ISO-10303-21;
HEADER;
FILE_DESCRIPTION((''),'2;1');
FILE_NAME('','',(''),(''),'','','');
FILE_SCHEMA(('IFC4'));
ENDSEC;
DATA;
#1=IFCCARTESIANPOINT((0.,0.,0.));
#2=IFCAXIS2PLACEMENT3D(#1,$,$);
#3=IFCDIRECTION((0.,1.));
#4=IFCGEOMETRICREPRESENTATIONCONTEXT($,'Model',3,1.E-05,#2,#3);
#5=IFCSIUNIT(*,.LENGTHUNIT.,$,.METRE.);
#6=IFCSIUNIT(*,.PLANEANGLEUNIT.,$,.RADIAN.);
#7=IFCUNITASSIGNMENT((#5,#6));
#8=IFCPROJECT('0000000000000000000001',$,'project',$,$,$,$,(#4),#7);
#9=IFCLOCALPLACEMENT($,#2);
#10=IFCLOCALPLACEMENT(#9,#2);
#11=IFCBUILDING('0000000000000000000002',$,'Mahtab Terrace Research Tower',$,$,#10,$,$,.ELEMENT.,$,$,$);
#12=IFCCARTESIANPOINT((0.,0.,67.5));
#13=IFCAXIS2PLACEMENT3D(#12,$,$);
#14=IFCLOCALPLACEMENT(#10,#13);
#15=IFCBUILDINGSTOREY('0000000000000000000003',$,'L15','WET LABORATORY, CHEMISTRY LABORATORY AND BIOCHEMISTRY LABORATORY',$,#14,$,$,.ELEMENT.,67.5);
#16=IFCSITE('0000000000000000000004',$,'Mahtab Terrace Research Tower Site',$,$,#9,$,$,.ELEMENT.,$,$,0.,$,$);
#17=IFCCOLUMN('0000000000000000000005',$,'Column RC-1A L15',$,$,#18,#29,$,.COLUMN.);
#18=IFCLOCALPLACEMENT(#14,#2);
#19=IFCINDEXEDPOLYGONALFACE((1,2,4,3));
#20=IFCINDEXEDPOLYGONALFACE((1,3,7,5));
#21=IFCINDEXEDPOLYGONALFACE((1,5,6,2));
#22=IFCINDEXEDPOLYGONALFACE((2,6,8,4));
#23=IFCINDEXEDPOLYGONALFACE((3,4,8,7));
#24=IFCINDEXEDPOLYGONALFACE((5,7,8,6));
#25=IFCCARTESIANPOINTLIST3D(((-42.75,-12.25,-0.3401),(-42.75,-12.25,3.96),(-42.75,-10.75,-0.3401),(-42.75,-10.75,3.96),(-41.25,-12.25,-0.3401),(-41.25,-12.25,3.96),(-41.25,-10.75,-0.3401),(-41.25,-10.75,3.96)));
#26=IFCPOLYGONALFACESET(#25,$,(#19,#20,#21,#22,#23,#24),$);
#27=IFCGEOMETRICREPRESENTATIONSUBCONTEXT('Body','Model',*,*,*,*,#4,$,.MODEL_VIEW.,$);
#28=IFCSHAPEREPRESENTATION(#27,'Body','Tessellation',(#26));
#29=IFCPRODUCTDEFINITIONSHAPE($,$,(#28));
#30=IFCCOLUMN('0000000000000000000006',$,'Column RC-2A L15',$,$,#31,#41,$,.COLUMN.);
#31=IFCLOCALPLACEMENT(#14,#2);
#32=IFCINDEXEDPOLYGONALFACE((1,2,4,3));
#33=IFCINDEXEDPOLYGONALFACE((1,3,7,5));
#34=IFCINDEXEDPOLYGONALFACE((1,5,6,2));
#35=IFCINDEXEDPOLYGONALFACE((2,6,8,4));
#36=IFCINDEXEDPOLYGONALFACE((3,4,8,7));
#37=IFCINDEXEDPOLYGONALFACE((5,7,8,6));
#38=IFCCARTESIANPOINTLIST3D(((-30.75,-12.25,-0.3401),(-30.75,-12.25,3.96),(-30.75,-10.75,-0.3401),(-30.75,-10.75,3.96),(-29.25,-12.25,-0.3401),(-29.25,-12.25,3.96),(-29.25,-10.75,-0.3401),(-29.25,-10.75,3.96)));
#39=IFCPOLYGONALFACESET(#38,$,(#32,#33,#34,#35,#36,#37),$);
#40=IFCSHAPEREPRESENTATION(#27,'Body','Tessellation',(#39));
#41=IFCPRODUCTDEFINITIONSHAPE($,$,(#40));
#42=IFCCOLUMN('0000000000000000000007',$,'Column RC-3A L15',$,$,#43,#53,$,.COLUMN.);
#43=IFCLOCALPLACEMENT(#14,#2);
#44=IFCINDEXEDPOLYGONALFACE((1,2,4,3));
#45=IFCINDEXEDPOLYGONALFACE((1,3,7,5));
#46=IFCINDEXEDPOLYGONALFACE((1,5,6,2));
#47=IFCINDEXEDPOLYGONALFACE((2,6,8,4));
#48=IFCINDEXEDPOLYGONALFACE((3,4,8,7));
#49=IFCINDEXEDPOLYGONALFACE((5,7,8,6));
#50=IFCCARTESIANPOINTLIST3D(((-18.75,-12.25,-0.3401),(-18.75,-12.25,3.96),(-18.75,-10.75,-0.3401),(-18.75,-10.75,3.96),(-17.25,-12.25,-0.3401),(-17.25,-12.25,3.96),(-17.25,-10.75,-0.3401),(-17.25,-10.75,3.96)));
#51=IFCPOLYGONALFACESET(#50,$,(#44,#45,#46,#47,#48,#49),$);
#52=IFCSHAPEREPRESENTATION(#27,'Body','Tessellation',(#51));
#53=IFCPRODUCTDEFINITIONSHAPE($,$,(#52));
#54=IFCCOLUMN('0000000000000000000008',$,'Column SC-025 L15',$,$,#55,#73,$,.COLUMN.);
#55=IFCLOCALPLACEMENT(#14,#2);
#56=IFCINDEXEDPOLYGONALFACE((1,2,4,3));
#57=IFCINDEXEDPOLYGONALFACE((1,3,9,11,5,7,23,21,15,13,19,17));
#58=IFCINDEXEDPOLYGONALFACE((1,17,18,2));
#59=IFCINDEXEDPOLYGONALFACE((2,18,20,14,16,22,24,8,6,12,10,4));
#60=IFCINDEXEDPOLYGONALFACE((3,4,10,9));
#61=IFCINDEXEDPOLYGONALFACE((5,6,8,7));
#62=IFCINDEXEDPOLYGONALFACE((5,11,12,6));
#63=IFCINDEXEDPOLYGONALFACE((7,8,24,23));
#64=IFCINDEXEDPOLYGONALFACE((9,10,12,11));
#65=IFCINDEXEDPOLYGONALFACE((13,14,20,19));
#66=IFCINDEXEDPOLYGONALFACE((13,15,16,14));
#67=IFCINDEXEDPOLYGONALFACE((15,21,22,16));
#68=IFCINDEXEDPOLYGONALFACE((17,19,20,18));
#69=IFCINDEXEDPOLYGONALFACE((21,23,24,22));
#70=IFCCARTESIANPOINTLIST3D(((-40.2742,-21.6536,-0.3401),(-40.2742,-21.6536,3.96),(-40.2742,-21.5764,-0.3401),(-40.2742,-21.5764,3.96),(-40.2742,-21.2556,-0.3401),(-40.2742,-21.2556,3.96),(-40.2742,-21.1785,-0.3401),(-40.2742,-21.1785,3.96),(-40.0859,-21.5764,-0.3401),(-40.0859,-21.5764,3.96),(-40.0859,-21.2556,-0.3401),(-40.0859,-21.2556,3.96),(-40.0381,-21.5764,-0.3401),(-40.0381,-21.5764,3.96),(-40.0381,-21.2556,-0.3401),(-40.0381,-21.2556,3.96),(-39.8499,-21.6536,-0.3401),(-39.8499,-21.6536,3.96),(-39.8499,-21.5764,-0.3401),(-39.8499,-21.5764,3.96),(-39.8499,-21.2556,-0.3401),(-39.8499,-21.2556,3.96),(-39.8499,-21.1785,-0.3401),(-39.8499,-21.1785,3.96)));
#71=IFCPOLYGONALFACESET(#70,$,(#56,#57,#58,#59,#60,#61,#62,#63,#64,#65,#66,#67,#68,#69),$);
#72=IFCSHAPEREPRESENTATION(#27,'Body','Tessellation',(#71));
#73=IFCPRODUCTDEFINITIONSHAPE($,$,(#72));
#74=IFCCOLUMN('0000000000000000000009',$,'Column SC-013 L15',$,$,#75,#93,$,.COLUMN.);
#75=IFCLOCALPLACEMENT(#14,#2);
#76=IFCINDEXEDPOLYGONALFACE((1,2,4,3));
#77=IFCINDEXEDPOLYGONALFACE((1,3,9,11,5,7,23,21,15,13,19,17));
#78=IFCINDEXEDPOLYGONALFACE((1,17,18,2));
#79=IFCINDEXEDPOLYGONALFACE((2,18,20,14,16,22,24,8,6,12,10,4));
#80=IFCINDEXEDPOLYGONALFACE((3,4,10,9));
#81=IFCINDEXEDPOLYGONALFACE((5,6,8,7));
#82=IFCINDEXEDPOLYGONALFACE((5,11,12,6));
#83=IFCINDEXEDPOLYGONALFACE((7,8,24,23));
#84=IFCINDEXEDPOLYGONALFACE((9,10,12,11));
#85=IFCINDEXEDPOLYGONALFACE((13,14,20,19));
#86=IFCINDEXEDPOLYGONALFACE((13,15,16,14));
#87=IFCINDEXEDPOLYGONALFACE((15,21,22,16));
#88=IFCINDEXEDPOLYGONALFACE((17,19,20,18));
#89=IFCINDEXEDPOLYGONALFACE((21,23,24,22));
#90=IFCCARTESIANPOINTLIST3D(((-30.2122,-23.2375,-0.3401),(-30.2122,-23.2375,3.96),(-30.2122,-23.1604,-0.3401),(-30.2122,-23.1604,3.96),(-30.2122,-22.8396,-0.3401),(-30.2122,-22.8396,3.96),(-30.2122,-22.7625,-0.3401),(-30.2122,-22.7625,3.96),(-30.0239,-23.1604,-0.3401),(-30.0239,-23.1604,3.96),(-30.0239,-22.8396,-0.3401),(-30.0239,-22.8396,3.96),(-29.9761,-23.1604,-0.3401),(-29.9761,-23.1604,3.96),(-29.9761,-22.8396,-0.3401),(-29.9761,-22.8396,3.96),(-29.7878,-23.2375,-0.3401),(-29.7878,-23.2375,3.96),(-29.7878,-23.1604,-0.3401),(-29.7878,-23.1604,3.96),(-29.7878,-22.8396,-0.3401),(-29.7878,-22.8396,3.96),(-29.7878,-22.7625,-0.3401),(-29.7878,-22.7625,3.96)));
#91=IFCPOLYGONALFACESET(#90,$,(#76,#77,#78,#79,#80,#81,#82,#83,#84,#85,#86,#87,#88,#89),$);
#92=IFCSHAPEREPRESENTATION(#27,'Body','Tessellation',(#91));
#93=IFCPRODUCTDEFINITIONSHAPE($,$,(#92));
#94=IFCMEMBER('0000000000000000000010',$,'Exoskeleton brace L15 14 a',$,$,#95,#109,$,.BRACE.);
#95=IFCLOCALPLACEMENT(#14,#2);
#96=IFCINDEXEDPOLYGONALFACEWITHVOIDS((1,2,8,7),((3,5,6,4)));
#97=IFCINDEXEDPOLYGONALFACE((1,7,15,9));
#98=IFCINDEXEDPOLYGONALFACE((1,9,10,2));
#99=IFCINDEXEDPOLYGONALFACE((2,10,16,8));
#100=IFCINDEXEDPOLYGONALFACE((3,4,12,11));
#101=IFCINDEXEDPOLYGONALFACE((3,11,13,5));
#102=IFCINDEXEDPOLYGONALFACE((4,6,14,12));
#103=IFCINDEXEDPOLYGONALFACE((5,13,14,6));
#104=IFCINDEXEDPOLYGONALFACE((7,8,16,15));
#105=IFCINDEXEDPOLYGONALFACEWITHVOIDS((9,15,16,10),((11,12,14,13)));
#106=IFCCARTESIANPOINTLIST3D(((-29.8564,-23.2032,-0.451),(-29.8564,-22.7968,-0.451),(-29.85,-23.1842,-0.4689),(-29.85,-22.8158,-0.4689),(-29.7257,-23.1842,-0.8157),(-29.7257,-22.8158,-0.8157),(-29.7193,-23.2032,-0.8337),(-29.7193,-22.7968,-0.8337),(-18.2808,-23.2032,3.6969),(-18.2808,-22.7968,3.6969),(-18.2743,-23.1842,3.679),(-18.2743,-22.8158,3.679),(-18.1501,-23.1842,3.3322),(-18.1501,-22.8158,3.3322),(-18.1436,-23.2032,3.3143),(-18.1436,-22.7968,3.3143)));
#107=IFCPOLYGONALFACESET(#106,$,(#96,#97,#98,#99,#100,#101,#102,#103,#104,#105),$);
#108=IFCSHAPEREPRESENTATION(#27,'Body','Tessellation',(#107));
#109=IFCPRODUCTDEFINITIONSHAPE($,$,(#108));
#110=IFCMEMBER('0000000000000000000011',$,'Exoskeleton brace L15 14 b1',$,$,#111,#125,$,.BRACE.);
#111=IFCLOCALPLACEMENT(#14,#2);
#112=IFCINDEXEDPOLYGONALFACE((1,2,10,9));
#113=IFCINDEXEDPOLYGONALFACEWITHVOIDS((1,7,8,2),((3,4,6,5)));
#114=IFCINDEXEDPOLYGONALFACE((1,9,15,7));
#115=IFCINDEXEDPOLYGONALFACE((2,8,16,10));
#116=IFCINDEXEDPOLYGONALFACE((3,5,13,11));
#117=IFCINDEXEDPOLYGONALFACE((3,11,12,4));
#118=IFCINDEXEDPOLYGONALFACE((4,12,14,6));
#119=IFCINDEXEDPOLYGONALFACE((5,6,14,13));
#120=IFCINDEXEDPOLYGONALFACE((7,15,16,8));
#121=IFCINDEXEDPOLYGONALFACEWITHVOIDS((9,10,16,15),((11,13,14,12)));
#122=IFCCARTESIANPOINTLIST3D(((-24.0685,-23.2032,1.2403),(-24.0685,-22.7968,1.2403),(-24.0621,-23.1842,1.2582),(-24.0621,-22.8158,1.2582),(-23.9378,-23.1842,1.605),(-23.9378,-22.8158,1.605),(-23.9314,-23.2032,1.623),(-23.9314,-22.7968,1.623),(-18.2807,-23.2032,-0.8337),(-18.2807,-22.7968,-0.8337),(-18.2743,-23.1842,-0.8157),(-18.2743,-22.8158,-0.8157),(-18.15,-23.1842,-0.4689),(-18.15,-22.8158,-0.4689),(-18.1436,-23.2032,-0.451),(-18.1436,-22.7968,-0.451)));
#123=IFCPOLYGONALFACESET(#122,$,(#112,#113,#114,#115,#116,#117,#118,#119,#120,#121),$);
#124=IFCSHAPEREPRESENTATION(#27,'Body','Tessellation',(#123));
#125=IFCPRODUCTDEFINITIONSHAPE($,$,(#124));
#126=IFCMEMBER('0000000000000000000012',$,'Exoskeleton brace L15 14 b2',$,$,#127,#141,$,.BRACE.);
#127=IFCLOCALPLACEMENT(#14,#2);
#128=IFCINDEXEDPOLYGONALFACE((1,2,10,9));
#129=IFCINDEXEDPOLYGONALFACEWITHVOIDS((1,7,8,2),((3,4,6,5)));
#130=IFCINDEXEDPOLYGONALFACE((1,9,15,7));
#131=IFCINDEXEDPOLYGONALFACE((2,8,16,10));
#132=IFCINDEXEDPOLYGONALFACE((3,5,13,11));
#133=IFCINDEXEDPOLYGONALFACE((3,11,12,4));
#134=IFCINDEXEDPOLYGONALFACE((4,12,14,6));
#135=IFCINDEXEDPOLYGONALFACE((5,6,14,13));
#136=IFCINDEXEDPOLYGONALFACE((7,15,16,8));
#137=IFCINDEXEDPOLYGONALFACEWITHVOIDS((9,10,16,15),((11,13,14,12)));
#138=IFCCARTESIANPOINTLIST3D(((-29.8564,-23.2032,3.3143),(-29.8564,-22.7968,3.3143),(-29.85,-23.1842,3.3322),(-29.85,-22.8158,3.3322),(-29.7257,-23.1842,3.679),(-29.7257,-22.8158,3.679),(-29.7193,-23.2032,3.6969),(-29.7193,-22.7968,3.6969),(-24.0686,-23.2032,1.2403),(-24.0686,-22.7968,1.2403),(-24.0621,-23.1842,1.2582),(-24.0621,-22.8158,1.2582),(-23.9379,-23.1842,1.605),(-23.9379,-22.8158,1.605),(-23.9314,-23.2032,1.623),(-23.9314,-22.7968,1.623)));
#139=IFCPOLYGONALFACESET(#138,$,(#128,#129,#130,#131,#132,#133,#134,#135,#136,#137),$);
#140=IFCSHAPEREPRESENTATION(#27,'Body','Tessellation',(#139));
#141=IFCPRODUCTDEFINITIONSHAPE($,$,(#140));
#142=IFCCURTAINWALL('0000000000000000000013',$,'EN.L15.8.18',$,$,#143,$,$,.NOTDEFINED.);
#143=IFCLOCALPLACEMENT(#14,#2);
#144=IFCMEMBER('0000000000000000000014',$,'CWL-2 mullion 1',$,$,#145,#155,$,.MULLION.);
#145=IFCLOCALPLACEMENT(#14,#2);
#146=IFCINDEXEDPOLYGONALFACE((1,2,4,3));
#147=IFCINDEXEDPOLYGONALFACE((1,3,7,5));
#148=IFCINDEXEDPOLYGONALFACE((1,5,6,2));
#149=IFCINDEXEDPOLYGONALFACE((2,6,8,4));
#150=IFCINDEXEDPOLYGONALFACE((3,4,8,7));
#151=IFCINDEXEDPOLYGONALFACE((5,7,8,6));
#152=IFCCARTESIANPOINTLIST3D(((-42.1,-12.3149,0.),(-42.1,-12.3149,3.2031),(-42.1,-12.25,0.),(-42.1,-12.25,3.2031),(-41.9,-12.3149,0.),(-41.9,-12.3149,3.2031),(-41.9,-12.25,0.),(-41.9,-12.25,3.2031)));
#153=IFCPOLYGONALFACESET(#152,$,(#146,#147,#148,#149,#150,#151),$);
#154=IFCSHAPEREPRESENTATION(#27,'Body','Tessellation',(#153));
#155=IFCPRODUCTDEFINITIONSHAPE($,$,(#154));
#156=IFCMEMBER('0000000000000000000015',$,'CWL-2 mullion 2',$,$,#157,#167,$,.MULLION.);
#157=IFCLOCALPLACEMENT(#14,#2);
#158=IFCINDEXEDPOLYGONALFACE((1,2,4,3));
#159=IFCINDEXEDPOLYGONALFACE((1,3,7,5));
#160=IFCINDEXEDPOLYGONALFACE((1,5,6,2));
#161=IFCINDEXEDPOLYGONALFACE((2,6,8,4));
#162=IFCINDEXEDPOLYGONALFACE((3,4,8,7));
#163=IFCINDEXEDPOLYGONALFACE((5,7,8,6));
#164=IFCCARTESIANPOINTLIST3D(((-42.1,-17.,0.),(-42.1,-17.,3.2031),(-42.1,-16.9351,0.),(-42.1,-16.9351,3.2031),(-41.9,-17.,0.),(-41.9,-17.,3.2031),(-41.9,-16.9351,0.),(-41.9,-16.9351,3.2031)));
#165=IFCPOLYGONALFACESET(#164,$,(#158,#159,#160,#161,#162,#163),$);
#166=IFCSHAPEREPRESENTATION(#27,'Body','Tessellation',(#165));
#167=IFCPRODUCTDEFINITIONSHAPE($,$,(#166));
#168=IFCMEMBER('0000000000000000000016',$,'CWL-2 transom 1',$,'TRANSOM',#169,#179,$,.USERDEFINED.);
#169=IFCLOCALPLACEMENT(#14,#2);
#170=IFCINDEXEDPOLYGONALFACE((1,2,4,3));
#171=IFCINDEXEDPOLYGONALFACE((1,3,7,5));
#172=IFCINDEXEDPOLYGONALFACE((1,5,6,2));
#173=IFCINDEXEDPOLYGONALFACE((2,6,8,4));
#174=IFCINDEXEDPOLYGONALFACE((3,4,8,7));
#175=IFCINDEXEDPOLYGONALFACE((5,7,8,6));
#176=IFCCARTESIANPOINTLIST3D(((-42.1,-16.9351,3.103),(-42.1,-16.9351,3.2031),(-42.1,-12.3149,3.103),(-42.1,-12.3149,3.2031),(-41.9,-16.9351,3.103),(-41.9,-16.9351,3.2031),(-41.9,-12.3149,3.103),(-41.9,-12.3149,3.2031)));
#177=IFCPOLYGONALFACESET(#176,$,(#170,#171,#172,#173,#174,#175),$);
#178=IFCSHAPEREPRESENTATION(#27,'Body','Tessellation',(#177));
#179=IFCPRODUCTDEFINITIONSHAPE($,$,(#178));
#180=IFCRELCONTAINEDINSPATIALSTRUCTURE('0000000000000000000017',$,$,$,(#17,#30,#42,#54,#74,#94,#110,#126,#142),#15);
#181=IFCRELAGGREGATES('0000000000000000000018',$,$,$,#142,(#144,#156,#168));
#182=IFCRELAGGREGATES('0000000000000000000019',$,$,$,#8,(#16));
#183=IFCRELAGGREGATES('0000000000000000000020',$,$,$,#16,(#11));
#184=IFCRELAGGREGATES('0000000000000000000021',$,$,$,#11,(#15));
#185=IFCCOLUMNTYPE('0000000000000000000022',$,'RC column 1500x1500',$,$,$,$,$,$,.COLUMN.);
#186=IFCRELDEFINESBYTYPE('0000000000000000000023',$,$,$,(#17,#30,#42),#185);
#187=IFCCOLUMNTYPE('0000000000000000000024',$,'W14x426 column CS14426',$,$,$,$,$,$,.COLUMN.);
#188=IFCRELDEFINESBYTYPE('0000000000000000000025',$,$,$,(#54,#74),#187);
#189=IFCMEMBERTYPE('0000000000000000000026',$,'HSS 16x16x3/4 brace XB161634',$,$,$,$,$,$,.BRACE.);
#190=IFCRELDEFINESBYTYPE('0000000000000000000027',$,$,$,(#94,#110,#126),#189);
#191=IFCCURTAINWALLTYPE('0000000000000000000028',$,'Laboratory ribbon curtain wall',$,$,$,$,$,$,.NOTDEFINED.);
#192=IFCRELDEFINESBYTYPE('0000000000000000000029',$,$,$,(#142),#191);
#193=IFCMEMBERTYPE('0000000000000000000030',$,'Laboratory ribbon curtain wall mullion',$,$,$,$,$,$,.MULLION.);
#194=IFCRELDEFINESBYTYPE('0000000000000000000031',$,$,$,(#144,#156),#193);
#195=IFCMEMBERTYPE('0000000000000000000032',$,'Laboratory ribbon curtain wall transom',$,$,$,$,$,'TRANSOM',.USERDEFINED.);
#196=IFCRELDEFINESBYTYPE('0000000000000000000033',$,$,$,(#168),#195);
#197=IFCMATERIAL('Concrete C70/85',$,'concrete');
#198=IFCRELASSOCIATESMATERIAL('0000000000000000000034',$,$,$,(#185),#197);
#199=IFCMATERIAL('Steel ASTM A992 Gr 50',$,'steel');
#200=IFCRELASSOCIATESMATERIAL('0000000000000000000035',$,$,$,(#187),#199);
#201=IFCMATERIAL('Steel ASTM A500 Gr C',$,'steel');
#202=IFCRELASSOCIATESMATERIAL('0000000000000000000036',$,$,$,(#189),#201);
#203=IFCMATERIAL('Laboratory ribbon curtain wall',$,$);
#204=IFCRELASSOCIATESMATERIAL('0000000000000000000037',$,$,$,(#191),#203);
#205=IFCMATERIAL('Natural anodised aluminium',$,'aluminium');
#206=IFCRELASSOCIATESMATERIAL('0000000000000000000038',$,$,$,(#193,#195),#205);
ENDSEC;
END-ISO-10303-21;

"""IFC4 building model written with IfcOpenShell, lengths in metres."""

from ifc_helpers import new_model, si_unit, direction, frame, origin, origin_2d, place, context, subcontext, project, spatial, rectangle, hollow_rectangle, i_section, extrude, material, material_profile, profile_set, type_object, element, aggregate, save


model = new_model("IFC4")

# Units and contexts
model_context = context("Model", 3, precision=1e-05, world=origin(), true_north=direction((0.0, 1.0)))
body_context = subcontext(model_context, "Body", "Model", "MODEL_VIEW")
ifc_project = project(units=[si_unit("LENGTHUNIT", "METRE"), si_unit("PLANEANGLEUNIT", "RADIAN")], contexts=[model_context])

# Site, building, storey
site_placement = place(None, origin())
site = spatial("IfcSite", under=ifc_project, at=site_placement, Name="Mahtab Terrace Research Tower Site", CompositionType="ELEMENT", RefElevation=0.0)
building_placement = place(site_placement, origin())
building = spatial("IfcBuilding", under=site, at=building_placement, Name="Mahtab Terrace Research Tower", CompositionType="ELEMENT")
storey_placement = place(building_placement, frame((0.0, 0.0, 67.5)))
storey = spatial("IfcBuildingStorey", under=building, at=storey_placement, Name="L15", Description="WET LABORATORY, CHEMISTRY LABORATORY AND BIOCHEMISTRY LABORATORY", CompositionType="ELEMENT", Elevation=67.5)

# Columns
ifc_material_1 = material(Name="Concrete C70/85", Category="concrete")
ifc_material_profile_1 = material_profile(ifc_material_1, rectangle(XDim=1.5, YDim=1.5, at=origin_2d()), Name="RC column 1500x1500")
ifc_profile_set_1 = profile_set([ifc_material_profile_1], Name="Concrete C70/85")
column_type_1 = type_object("IfcColumnType", Name="RC column 1500x1500", PredefinedType="COLUMN", material=ifc_profile_set_1)
for number, where, z_axis, x_axis, name in (
    (1, (-42.0, -11.5, -0.3401), (0.0, 0.0, 1.0), (1.0, 0.0, 0.0), "Column RC-1A L15"),
    (2, (-30.0, -11.5, -0.3401), (0.0, 0.0, 1.0), (1.0, 0.0, 0.0), "Column RC-2A L15"),
    (3, (-18.0, -11.5, -0.3401), (0.0, 0.0, 1.0), (1.0, 0.0, 0.0), "Column RC-3A L15"),
):
    element("IfcColumn", number, at=place(storey_placement, frame(where, z_axis=z_axis, x_axis=x_axis)), inside=storey, type_object=column_type_1, Name=name, PredefinedType="COLUMN", context=body_context, shape_type="SweptSolid", body=[
        extrude(rectangle(XDim=1.5, YDim=1.5, at=origin_2d()), origin(), (0.0, 0.0, 1.0), 4.3),
    ])
ifc_material_2 = material(Name="Steel ASTM A992 Gr 50", Category="steel")
ifc_material_profile_2 = material_profile(ifc_material_2, i_section(OverallWidth=0.4243, OverallDepth=0.4751, WebThickness=0.0479, FlangeThickness=0.0771, at=origin_2d()), Name="W14X426")
ifc_profile_set_2 = profile_set([ifc_material_profile_2], Name="Steel ASTM A992 Gr 50")
column_type_2 = type_object("IfcColumnType", Name="W14x426 column CS14426", PredefinedType="COLUMN", material=ifc_profile_set_2)
for number, where, z_axis, x_axis, name in (
    (4, (-40.062, -21.416, -0.3401), (0.0, 0.0, 1.0), (1.0, 0.0, 0.0), "Column SC-025 L15"),
    (5, (-30.0, -23.0, -0.3401), (0.0, 0.0, 1.0), (1.0, 0.0, 0.0), "Column SC-013 L15"),
):
    element("IfcColumn", number, at=place(storey_placement, frame(where, z_axis=z_axis, x_axis=x_axis)), inside=storey, type_object=column_type_2, Name=name, PredefinedType="COLUMN", context=body_context, shape_type="SweptSolid", body=[
        extrude(i_section(OverallWidth=0.4243, OverallDepth=0.4751, WebThickness=0.0479, FlangeThickness=0.0771, at=origin_2d()), origin(), (0.0, 0.0, 1.0), 4.3),
    ])

# Members
ifc_material_3 = material(Name="Steel ASTM A500 Gr C", Category="steel")
ifc_material_profile_3 = material_profile(ifc_material_3, hollow_rectangle(XDim=0.4065, YDim=0.4065, WallThickness=0.019, at=origin_2d()), Name="HSS16X16X3/4")
ifc_profile_set_3 = profile_set([ifc_material_profile_3], Name="Steel ASTM A500 Gr C")
member_type_1 = type_object("IfcMemberType", Name="HSS 16x16x3/4 brace XB161634", PredefinedType="BRACE", material=ifc_profile_set_3)
member_1_placement = place(storey_placement, frame((-29.7878, -23.0, -0.6423), z_axis=(0.941387, 0.0, 0.33733), x_axis=(0.0, 1.0, 0.0)))
element("IfcMember", 6, at=member_1_placement, inside=storey, type_object=member_type_1, Name="Exoskeleton brace L15 14 a", PredefinedType="BRACE", context=body_context, shape_type="SweptSolid", body=[
    extrude(hollow_rectangle(XDim=0.4065, YDim=0.4065, WallThickness=0.019, at=origin_2d()), origin(), (0.0, 0.0, 1.0), 12.2964),
])
for number, where, z_axis, x_axis, name in (
    (7, (-18.2122, -23.0, -0.6423), (-0.941387, 0.0, 0.33733), (0.0, -1.0, 0.0), "Exoskeleton brace L15 14 b1"),
    (8, (-24.0, -23.0, 1.4316), (-0.941387, 0.0, 0.33733), (0.0, -1.0, 0.0), "Exoskeleton brace L15 14 b2"),
):
    element("IfcMember", number, at=place(storey_placement, frame(where, z_axis=z_axis, x_axis=x_axis)), inside=storey, type_object=member_type_1, Name=name, PredefinedType="BRACE", context=body_context, shape_type="SweptSolid", body=[
        extrude(hollow_rectangle(XDim=0.4065, YDim=0.4065, WallThickness=0.019, at=origin_2d()), origin(), (0.0, 0.0, 1.0), 6.1482),
    ])

# Curtain wall, members
ifc_material_4 = material(Name="Laboratory ribbon curtain wall")
curtain_wall_type = type_object("IfcCurtainWallType", Name="Laboratory ribbon curtain wall", PredefinedType="NOTDEFINED", material=ifc_material_4)
curtain_wall_placement = place(storey_placement, origin())
curtain_wall = element("IfcCurtainWall", 9, at=curtain_wall_placement, inside=storey, type_object=curtain_wall_type, Name="EN.L15.8.18", PredefinedType="NOTDEFINED")
ifc_material_5 = material(Name="Natural anodised aluminium", Category="aluminium")
ifc_material_profile_4 = material_profile(ifc_material_5, rectangle(XDim=0.2, YDim=0.0649, at=origin_2d()), Name="MULLION 65x200")
ifc_profile_set_4 = profile_set([ifc_material_profile_4], Name="Natural anodised aluminium")
member_type_2 = type_object("IfcMemberType", Name="Laboratory ribbon curtain wall mullion", PredefinedType="MULLION", material=ifc_profile_set_4)
member_2_placement = place(storey_placement, frame((-42.0, -12.2825, 0.0), z_axis=(0.0, 0.0, 1.0), x_axis=(1.0, 0.0, 0.0)))
member_2 = element("IfcMember", 10, at=member_2_placement, type_object=member_type_2, Name="CWL-2 mullion 1", PredefinedType="MULLION", context=body_context, shape_type="SweptSolid", body=[
    extrude(rectangle(XDim=0.2, YDim=0.0649, at=origin_2d()), origin(), (0.0, 0.0, 1.0), 3.2031),
])
member_3_placement = place(storey_placement, frame((-42.0, -16.9675, 0.0), z_axis=(0.0, 0.0, 1.0), x_axis=(1.0, 0.0, 0.0)))
member_3 = element("IfcMember", 11, at=member_3_placement, type_object=member_type_2, Name="CWL-2 mullion 2", PredefinedType="MULLION", context=body_context, shape_type="SweptSolid", body=[
    extrude(rectangle(XDim=0.2, YDim=0.0649, at=origin_2d()), origin(), (0.0, 0.0, 1.0), 3.2031),
])
ifc_material_profile_5 = material_profile(ifc_material_5, rectangle(XDim=0.2, YDim=0.1001, at=origin_2d()), Name="TRANSOM 100x200")
ifc_profile_set_5 = profile_set([ifc_material_profile_5], Name="Natural anodised aluminium")
member_type_3 = type_object("IfcMemberType", Name="Laboratory ribbon curtain wall transom", ElementType="TRANSOM", PredefinedType="USERDEFINED", material=ifc_profile_set_5)
member_4_placement = place(storey_placement, frame((-42.0, -12.3149, 3.1531), z_axis=(0.0, -1.0, 0.0), x_axis=(1.0, 0.0, 0.0)))
member_4 = element("IfcMember", 12, at=member_4_placement, type_object=member_type_3, Name="CWL-2 transom 1", ObjectType="TRANSOM", PredefinedType="USERDEFINED", context=body_context, shape_type="SweptSolid", body=[
    extrude(rectangle(XDim=0.2, YDim=0.1001, at=origin_2d()), origin(), (0.0, 0.0, 1.0), 4.6201),
])

aggregate(curtain_wall, [member_2, member_3, member_4])

save(model, "model.ifc")
